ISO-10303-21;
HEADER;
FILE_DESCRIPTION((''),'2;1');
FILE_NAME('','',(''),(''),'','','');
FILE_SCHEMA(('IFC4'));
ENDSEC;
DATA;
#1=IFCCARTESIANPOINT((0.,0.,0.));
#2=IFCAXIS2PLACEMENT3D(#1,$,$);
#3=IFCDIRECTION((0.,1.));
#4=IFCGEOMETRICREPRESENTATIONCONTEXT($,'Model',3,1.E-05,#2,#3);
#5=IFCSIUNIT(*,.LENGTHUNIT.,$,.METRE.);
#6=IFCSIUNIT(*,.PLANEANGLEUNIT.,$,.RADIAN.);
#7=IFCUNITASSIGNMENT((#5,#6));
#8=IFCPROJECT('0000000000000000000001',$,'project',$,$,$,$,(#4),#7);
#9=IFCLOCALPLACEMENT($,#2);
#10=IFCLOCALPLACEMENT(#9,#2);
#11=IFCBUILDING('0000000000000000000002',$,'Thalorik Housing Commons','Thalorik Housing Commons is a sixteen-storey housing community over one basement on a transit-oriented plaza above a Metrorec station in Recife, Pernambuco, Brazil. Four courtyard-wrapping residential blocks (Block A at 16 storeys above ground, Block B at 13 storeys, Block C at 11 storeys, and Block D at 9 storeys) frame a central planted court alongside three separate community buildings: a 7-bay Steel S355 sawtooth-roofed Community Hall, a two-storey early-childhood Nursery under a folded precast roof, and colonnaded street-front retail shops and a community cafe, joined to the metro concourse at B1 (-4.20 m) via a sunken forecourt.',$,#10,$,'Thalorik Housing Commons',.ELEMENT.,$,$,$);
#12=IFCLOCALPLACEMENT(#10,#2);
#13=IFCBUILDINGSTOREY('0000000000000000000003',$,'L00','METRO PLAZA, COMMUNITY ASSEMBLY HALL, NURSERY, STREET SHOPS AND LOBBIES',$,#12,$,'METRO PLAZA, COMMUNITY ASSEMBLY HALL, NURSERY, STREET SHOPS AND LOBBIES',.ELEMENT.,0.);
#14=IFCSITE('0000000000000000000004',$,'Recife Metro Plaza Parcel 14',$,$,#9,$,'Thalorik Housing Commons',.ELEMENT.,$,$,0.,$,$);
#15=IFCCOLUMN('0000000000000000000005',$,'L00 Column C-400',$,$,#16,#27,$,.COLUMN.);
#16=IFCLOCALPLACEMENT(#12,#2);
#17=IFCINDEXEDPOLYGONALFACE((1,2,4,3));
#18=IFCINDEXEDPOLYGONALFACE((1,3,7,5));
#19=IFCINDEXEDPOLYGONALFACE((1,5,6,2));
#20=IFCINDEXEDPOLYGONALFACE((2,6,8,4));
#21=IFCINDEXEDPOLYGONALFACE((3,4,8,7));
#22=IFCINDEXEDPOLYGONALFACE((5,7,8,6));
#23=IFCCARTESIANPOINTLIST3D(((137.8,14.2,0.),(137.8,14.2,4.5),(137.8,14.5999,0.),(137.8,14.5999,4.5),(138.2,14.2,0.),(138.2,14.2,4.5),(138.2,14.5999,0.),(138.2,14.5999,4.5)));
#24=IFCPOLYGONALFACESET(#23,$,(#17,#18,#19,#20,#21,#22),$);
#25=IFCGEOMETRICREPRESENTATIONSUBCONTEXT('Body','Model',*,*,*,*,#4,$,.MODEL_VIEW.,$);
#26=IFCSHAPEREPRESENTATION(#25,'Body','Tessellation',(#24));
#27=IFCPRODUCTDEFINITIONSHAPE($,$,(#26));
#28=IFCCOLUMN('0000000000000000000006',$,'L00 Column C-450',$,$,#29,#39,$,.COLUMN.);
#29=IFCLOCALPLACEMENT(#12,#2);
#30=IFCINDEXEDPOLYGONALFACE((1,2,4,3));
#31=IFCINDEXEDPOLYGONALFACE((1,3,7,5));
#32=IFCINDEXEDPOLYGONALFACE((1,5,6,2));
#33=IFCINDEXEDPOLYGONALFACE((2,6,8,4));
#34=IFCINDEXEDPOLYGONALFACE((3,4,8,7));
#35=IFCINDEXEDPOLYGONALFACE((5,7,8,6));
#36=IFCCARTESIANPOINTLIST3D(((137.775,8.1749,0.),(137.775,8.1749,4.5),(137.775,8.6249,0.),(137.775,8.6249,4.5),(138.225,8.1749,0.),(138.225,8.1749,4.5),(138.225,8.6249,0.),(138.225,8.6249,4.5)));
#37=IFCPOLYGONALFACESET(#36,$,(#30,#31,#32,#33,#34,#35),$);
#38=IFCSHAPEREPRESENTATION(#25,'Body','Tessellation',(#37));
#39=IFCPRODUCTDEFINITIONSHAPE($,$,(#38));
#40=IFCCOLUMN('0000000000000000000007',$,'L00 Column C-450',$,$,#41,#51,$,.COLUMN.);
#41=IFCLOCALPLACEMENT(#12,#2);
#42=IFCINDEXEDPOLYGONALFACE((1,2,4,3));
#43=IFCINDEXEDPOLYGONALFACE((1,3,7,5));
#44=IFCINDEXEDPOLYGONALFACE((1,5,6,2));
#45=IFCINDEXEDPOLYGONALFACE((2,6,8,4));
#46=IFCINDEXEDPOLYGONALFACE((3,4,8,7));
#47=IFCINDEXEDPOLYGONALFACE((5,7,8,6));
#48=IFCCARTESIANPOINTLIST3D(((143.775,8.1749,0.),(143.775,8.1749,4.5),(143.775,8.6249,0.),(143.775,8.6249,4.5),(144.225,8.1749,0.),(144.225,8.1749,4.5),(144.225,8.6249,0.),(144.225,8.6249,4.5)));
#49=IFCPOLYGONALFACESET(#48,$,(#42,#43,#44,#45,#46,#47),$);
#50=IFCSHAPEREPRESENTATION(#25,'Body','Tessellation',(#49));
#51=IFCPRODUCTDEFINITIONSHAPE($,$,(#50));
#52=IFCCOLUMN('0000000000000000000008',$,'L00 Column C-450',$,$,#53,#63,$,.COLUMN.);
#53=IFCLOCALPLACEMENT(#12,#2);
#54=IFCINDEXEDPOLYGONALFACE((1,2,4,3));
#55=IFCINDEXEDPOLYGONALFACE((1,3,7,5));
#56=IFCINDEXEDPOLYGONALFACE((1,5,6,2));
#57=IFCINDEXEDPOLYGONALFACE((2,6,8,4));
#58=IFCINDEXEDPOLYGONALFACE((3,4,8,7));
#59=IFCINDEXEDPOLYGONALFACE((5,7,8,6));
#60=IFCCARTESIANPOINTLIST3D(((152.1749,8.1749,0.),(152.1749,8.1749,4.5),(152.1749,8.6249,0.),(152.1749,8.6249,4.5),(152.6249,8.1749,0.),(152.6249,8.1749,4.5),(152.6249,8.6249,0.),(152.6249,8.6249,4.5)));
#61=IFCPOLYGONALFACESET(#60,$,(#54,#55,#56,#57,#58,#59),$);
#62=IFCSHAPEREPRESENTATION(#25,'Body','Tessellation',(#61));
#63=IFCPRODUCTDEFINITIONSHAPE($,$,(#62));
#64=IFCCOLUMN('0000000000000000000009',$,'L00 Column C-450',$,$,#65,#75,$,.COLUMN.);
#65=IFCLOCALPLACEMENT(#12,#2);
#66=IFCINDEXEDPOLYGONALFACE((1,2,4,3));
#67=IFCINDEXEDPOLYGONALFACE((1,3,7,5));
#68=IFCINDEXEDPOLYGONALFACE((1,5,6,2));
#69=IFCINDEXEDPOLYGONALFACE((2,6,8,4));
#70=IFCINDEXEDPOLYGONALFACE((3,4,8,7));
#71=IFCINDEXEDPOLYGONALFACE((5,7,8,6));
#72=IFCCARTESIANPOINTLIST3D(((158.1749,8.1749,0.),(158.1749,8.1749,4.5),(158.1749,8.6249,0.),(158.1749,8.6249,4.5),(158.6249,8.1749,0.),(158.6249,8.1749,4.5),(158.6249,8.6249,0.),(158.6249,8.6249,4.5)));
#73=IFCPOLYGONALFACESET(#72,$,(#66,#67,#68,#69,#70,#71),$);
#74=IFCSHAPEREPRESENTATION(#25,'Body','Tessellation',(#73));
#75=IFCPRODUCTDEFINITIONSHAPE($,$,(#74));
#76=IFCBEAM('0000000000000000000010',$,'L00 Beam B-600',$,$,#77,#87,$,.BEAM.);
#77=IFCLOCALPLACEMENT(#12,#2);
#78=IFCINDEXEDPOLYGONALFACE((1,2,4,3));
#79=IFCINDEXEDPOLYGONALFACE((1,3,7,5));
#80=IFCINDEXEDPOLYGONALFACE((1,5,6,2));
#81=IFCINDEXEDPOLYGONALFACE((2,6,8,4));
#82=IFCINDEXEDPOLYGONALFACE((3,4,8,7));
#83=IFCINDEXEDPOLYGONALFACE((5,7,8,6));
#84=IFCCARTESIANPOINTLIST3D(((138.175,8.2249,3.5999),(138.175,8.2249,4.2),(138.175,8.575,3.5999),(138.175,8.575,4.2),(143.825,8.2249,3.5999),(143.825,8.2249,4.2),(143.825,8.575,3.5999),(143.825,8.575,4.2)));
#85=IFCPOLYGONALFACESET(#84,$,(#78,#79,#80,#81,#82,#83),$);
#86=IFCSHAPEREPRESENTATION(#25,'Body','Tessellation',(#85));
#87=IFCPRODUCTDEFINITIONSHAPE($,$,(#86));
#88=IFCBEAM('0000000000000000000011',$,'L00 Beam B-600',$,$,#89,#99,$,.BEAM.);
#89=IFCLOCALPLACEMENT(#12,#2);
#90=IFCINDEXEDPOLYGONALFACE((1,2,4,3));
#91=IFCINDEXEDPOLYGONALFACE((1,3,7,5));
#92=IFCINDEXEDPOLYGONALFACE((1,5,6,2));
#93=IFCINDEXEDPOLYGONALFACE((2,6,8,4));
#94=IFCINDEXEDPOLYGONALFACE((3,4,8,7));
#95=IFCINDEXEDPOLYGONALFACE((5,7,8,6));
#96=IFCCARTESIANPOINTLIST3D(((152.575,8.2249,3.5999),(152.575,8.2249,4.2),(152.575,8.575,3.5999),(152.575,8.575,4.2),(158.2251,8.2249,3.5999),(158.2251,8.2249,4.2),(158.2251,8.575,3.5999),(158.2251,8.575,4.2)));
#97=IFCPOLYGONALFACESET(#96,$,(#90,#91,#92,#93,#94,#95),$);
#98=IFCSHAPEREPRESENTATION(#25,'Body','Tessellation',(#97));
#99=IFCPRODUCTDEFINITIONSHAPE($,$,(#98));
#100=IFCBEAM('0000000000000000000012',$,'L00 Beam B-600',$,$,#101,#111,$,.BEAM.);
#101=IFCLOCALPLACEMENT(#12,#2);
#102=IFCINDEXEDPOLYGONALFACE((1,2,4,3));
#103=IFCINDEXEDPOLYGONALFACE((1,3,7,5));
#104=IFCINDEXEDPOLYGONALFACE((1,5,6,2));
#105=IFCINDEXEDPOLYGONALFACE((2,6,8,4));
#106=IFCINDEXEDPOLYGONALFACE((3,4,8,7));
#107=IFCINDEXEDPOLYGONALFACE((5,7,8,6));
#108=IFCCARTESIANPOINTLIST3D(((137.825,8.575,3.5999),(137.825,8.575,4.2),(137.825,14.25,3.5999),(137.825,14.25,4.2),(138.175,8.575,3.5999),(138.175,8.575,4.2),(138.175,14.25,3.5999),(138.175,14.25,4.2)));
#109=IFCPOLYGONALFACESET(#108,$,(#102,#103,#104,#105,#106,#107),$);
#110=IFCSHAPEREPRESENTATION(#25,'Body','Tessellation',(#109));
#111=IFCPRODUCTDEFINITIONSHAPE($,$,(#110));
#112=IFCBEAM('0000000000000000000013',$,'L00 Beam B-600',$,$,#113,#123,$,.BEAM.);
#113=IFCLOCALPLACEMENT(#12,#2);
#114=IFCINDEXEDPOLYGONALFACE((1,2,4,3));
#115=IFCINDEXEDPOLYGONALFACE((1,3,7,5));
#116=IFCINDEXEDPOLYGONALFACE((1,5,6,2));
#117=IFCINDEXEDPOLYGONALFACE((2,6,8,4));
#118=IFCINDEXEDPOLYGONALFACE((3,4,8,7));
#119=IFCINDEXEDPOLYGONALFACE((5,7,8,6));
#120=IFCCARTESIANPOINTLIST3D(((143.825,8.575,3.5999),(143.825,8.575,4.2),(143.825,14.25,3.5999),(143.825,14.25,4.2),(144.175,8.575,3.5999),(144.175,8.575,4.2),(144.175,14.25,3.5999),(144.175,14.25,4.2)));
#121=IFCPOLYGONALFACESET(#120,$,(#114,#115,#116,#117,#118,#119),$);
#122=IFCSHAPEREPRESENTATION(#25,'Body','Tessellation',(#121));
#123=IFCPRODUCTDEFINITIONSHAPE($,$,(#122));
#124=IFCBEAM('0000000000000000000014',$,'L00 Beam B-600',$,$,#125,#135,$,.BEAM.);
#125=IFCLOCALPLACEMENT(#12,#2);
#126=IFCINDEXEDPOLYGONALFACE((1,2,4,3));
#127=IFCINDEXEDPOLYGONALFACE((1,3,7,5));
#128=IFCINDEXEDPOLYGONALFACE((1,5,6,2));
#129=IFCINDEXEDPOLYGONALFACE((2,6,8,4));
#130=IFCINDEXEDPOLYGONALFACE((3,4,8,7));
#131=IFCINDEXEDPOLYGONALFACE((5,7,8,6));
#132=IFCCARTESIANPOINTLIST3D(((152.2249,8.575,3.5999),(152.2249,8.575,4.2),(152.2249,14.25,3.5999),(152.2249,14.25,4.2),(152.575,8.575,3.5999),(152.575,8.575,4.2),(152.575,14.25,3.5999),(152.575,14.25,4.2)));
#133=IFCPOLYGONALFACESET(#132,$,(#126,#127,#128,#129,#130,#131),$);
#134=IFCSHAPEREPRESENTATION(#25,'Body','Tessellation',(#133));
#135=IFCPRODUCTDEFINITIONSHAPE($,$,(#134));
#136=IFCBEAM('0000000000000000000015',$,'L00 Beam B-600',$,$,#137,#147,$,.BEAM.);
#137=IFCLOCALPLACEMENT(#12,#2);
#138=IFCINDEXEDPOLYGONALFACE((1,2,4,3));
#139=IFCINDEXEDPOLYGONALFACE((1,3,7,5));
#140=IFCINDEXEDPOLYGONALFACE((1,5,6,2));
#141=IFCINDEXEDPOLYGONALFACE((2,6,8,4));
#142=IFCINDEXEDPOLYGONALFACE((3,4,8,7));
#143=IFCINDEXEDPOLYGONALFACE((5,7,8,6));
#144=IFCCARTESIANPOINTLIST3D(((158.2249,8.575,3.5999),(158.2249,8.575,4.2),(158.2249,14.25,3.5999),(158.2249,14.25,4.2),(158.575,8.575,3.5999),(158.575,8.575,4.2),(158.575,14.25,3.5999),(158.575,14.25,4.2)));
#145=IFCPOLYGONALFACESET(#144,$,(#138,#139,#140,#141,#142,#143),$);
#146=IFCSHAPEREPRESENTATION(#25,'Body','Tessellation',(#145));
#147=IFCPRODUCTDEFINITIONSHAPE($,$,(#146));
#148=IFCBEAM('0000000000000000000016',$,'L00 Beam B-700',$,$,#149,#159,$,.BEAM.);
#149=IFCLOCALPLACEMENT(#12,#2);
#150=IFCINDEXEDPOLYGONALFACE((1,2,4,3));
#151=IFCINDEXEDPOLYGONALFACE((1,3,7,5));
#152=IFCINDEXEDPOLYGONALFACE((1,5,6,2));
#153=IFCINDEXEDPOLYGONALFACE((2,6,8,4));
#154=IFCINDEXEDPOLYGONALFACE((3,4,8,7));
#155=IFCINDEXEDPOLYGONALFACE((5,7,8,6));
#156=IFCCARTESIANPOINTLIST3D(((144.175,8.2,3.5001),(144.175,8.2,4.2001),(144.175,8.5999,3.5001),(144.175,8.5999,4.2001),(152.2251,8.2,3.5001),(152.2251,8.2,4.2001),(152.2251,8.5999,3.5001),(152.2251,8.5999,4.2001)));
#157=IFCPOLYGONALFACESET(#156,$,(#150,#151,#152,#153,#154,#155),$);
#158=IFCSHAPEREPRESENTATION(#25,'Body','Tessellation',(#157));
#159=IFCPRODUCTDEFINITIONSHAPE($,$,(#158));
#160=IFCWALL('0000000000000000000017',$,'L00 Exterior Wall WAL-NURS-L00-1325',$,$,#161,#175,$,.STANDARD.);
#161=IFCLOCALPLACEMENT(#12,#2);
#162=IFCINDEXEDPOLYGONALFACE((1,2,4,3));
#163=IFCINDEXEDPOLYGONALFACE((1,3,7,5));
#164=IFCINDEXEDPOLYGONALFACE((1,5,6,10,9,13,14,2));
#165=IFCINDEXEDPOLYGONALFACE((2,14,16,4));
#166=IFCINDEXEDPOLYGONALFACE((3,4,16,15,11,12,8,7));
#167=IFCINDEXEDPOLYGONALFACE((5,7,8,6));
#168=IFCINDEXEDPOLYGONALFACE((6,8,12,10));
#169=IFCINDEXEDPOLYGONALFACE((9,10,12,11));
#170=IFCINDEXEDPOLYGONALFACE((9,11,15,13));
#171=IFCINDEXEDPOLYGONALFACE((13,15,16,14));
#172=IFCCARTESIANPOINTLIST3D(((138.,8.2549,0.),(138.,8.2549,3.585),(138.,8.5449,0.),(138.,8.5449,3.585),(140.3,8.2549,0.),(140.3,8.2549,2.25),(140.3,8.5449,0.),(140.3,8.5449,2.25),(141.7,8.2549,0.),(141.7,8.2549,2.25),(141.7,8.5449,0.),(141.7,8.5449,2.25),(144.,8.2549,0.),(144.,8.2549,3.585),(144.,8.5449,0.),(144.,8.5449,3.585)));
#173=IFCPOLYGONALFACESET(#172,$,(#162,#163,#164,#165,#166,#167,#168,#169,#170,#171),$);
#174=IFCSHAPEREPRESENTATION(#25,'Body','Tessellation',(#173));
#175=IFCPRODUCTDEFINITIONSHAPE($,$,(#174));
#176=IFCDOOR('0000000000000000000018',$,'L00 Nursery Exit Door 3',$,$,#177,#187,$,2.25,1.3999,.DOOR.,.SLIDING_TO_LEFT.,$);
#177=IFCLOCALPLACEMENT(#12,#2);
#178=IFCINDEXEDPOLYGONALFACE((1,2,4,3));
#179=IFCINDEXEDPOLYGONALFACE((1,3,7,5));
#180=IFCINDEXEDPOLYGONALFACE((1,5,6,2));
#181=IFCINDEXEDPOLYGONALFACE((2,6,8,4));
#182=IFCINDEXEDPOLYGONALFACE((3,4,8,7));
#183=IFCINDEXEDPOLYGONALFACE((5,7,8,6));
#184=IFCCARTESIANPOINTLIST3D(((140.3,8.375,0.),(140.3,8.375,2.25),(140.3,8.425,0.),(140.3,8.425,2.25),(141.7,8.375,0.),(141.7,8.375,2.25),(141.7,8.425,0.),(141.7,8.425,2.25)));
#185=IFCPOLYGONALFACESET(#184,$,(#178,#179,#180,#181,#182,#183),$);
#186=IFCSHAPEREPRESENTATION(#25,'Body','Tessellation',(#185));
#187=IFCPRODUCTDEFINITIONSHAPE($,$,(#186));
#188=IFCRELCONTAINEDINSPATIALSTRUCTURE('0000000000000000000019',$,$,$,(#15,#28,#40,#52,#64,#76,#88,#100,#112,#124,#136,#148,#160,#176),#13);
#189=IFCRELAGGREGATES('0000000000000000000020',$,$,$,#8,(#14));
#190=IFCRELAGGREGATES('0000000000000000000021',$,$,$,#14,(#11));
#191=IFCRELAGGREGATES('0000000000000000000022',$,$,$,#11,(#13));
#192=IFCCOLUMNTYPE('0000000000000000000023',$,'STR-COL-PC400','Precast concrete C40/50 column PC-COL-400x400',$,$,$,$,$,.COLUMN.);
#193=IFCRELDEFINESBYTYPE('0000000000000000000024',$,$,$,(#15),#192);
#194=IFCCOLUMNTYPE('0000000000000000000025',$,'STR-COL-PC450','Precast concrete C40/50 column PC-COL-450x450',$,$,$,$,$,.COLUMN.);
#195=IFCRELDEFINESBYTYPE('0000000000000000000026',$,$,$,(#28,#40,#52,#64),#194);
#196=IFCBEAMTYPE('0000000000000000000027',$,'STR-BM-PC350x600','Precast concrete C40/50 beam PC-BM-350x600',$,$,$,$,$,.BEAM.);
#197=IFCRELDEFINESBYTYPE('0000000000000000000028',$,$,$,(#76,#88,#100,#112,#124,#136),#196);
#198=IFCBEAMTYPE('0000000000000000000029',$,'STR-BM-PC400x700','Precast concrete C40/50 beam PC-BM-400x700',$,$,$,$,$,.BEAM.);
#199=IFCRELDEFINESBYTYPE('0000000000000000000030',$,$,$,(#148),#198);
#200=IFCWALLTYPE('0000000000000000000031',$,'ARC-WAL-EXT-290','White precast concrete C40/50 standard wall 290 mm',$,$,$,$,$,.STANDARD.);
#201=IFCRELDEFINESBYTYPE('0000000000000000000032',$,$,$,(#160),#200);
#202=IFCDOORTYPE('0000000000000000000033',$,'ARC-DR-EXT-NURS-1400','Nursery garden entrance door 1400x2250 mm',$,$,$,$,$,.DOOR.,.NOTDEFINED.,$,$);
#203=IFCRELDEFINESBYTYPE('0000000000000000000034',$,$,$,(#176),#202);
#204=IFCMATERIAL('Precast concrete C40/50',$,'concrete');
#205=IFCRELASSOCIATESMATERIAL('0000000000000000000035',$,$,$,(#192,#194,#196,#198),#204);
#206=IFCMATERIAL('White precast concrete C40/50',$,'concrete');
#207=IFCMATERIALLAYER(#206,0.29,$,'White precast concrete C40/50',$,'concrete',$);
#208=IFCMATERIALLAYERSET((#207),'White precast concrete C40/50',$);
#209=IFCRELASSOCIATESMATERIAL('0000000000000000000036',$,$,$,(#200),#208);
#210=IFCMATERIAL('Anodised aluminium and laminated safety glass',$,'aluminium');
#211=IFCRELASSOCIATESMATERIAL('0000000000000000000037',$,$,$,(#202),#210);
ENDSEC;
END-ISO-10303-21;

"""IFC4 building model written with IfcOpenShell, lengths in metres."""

from ifc_helpers import new_model, si_unit, direction, frame, frame_2d, origin, origin_2d, place, context, subcontext, project, spatial, rectangle, extrude, material, layer, layer_set, material_profile, profile_set, type_object, element, fill, save


model = new_model("IFC4")

# Units and contexts
model_context = context("Model", 3, precision=1e-05, world=origin(), true_north=direction((0.0, 1.0)))
body_context = subcontext(model_context, "Body", "Model", "MODEL_VIEW")
ifc_project = project(units=[si_unit("LENGTHUNIT", "METRE"), si_unit("PLANEANGLEUNIT", "RADIAN")], contexts=[model_context])

# Site, building, storey
site_placement = place(None, origin())
site = spatial("IfcSite", under=ifc_project, at=site_placement, Name="Recife Metro Plaza Parcel 14", LongName="Thalorik Housing Commons", CompositionType="ELEMENT", RefElevation=0.0)
building_placement = place(site_placement, origin())
building = spatial("IfcBuilding", under=site, at=building_placement, Name="Thalorik Housing Commons", Description="Thalorik Housing Commons is a sixteen-storey housing community over one basement on a transit-oriented plaza above a Metrorec station in Recife, Pernambuco, Brazil. Four courtyard-wrapping residential blocks (Block A at 16 storeys above ground, Block B at 13 storeys, Block C at 11 storeys, and Block D at 9 storeys) frame a central planted court alongside three separate community buildings: a 7-bay Steel S355 sawtooth-roofed Community Hall, a two-storey early-childhood Nursery under a folded precast roof, and colonnaded street-front retail shops and a community cafe, joined to the metro concourse at B1 (-4.20 m) via a sunken forecourt.", LongName="Thalorik Housing Commons", CompositionType="ELEMENT")
storey_placement = place(building_placement, origin())
storey = spatial("IfcBuildingStorey", under=building, at=storey_placement, Name="L00", Description="METRO PLAZA, COMMUNITY ASSEMBLY HALL, NURSERY, STREET SHOPS AND LOBBIES", LongName="METRO PLAZA, COMMUNITY ASSEMBLY HALL, NURSERY, STREET SHOPS AND LOBBIES", CompositionType="ELEMENT", Elevation=0.0)

# Columns
ifc_material_1 = material(Name="Precast concrete C40/50", Category="concrete")
ifc_material_profile_1 = material_profile(ifc_material_1, rectangle(XDim=0.3999, YDim=0.3999, at=origin_2d()), Name="PC 400x400", Category="concrete")
ifc_profile_set_1 = profile_set([ifc_material_profile_1], Name="Precast concrete C40/50")
column_type_1 = type_object("IfcColumnType", Name="STR-COL-PC400", Description="Precast concrete C40/50 column PC-COL-400x400", PredefinedType="COLUMN", material=ifc_profile_set_1)
column_placement = place(storey_placement, frame((138.0, 14.3999, 0.0), z_axis=(0.0, 0.0, 1.0), x_axis=(1.0, 0.0, 0.0)))
element("IfcColumn", 1, at=column_placement, inside=storey, type_object=column_type_1, Name="L00 Column C-400", PredefinedType="COLUMN", context=body_context, shape_type="SweptSolid", body=[
    extrude(rectangle(XDim=0.3999, YDim=0.3999, at=origin_2d()), origin(), (0.0, 0.0, 1.0), 4.5),
])
ifc_material_profile_2 = material_profile(ifc_material_1, rectangle(XDim=0.45, YDim=0.45, at=origin_2d()), Name="PC 450x450", Category="concrete")
ifc_profile_set_2 = profile_set([ifc_material_profile_2], Name="Precast concrete C40/50")
column_type_2 = type_object("IfcColumnType", Name="STR-COL-PC450", Description="Precast concrete C40/50 column PC-COL-450x450", PredefinedType="COLUMN", material=ifc_profile_set_2)
for number, where, z_axis, x_axis, name in (
    (2, (138.0, 8.3999, 0.0), (0.0, 0.0, 1.0), (1.0, 0.0, 0.0), "L00 Column C-450"),
    (3, (144.0, 8.3999, 0.0), (0.0, 0.0, 1.0), (1.0, 0.0, 0.0), "L00 Column C-450"),
    (4, (152.3999, 8.3999, 0.0), (0.0, 0.0, 1.0), (1.0, 0.0, 0.0), "L00 Column C-450"),
    (5, (158.3999, 8.3999, 0.0), (0.0, 0.0, 1.0), (1.0, 0.0, 0.0), "L00 Column C-450"),
):
    element("IfcColumn", number, at=place(storey_placement, frame(where, z_axis=z_axis, x_axis=x_axis)), inside=storey, type_object=column_type_2, Name=name, PredefinedType="COLUMN", context=body_context, shape_type="SweptSolid", body=[
        extrude(rectangle(XDim=0.45, YDim=0.45, at=origin_2d()), origin(), (0.0, 0.0, 1.0), 4.5),
    ])

# Beams
ifc_material_profile_3 = material_profile(ifc_material_1, rectangle(XDim=0.3501, YDim=0.6001, at=origin_2d()), Name="PC 350x600", Category="concrete")
ifc_profile_set_3 = profile_set([ifc_material_profile_3], Name="Precast concrete C40/50")
beam_type_1 = type_object("IfcBeamType", Name="STR-BM-PC350x600", Description="Precast concrete C40/50 beam PC-BM-350x600", PredefinedType="BEAM", material=ifc_profile_set_3)
beam_1_placement = place(storey_placement, frame((138.175, 8.3999, 3.8999), z_axis=(1.0, 0.0, 0.0), x_axis=(0.0, 1.0, 0.0)))
element("IfcBeam", 6, at=beam_1_placement, inside=storey, type_object=beam_type_1, Name="L00 Beam B-600", PredefinedType="BEAM", context=body_context, shape_type="SweptSolid", body=[
    extrude(rectangle(XDim=0.3501, YDim=0.6001, at=origin_2d()), origin(), (0.0, 0.0, 1.0), 5.6499),
])
beam_2_placement = place(storey_placement, frame((152.575, 8.3999, 3.8999), z_axis=(1.0, 0.0, 0.0), x_axis=(0.0, 1.0, 0.0)))
element("IfcBeam", 7, at=beam_2_placement, inside=storey, type_object=beam_type_1, Name="L00 Beam B-600", PredefinedType="BEAM", context=body_context, shape_type="SweptSolid", body=[
    extrude(rectangle(XDim=0.3501, YDim=0.6001, at=origin_2d()), origin(), (0.0, 0.0, 1.0), 5.6501),
])
for number, where, z_axis, x_axis, name in (
    (8, (138.0, 8.575, 3.8999), (0.0, 1.0, 0.0), (-1.0, 0.0, 0.0), "L00 Beam B-600"),
    (9, (144.0, 8.575, 3.8999), (0.0, 1.0, 0.0), (-1.0, 0.0, 0.0), "L00 Beam B-600"),
    (10, (152.3999, 8.575, 3.8999), (0.0, 1.0, 0.0), (-1.0, 0.0, 0.0), "L00 Beam B-600"),
    (11, (158.3999, 8.575, 3.8999), (0.0, 1.0, 0.0), (-1.0, 0.0, 0.0), "L00 Beam B-600"),
):
    element("IfcBeam", number, at=place(storey_placement, frame(where, z_axis=z_axis, x_axis=x_axis)), inside=storey, type_object=beam_type_1, Name=name, PredefinedType="BEAM", context=body_context, shape_type="SweptSolid", body=[
        extrude(rectangle(XDim=0.3501, YDim=0.6001, at=origin_2d()), origin(), (0.0, 0.0, 1.0), 5.675),
    ])
ifc_material_profile_4 = material_profile(ifc_material_1, rectangle(XDim=0.3999, YDim=0.7, at=origin_2d()), Name="PC 400x700", Category="concrete")
ifc_profile_set_4 = profile_set([ifc_material_profile_4], Name="Precast concrete C40/50")
beam_type_2 = type_object("IfcBeamType", Name="STR-BM-PC400x700", Description="Precast concrete C40/50 beam PC-BM-400x700", PredefinedType="BEAM", material=ifc_profile_set_4)
beam_3_placement = place(storey_placement, frame((144.175, 8.3999, 3.8501), z_axis=(1.0, 0.0, 0.0), x_axis=(0.0, 1.0, 0.0)))
element("IfcBeam", 12, at=beam_3_placement, inside=storey, type_object=beam_type_2, Name="L00 Beam B-700", PredefinedType="BEAM", context=body_context, shape_type="SweptSolid", body=[
    extrude(rectangle(XDim=0.3999, YDim=0.7, at=origin_2d()), origin(), (0.0, 0.0, 1.0), 8.05),
])

# Wall, opening, door
ifc_material_2 = material(Name="White precast concrete C40/50", Category="concrete")
ifc_layer_1 = layer(ifc_material_2, 0.29, Name="White precast concrete C40/50", Category="concrete")
ifc_layer_set_1 = layer_set([ifc_layer_1], Name="White precast concrete C40/50")
wall_type_1 = type_object("IfcWallType", Name="ARC-WAL-EXT-290", Description="White precast concrete C40/50 standard wall 290 mm", PredefinedType="STANDARD", material=ifc_layer_set_1)
wall_1_placement = place(storey_placement, frame((138.0, 8.3999, 0.0), z_axis=(0.0, 0.0, 1.0), x_axis=(1.0, 0.0, 0.0)))
wall_1 = element("IfcWall", 13, at=wall_1_placement, inside=storey, type_object=wall_type_1, Name="L00 Exterior Wall WAL-NURS-L00-1325", PredefinedType="STANDARD", context=body_context, shape_type="SweptSolid", body=[
    extrude(rectangle(XDim=6.0, YDim=0.29, at=frame_2d((3.0, 0.0))), origin(), (0.0, 0.0, 1.0), 3.585),
])
opening_1_placement = place(wall_1_placement, frame((2.3, 0.0, 0.0)))
opening_1 = element("IfcOpeningElement", 14, at=opening_1_placement, cuts=wall_1, PredefinedType="OPENING", context=body_context, shape_type="SweptSolid", body=[
    extrude(rectangle(XDim=1.3999, YDim=2.25, at=frame_2d((0.7, 1.125))), frame((0.0, 0.155, 0.0), z_axis=(0.0, -1.0, 0.0), x_axis=(1.0, 0.0, 0.0)), (0.0, 0.0, 1.0), 0.3101),
])
ifc_material_3 = material(Name="Anodised aluminium and laminated safety glass", Category="aluminium")
door_type_1 = type_object("IfcDoorType", Name="ARC-DR-EXT-NURS-1400", Description="Nursery garden entrance door 1400x2250 mm", OperationType="NOTDEFINED", PredefinedType="DOOR", material=ifc_material_3)
door_1_placement = place(opening_1_placement, frame((1.3999, 0.0, 0.0), z_axis=(0.0, 0.0, 1.0), x_axis=(-1.0, 0.0, 0.0)))
door_1 = element("IfcDoor", 15, at=door_1_placement, inside=storey, type_object=door_type_1, Name="L00 Nursery Exit Door 3", OperationType="SLIDING_TO_LEFT", OverallHeight=2.25, OverallWidth=1.3999, PredefinedType="DOOR", context=body_context, shape_type="SweptSolid", body=[
    extrude(rectangle(XDim=1.3999, YDim=2.25, at=frame_2d((0.7, 1.125))), frame((0.0, 0.0249, 0.0), z_axis=(0.0, -1.0, 0.0), x_axis=(1.0, 0.0, 0.0)), (0.0, 0.0, 1.0), 0.05),
])
fill(opening_1, door_1)

save(model, "model.ifc")
